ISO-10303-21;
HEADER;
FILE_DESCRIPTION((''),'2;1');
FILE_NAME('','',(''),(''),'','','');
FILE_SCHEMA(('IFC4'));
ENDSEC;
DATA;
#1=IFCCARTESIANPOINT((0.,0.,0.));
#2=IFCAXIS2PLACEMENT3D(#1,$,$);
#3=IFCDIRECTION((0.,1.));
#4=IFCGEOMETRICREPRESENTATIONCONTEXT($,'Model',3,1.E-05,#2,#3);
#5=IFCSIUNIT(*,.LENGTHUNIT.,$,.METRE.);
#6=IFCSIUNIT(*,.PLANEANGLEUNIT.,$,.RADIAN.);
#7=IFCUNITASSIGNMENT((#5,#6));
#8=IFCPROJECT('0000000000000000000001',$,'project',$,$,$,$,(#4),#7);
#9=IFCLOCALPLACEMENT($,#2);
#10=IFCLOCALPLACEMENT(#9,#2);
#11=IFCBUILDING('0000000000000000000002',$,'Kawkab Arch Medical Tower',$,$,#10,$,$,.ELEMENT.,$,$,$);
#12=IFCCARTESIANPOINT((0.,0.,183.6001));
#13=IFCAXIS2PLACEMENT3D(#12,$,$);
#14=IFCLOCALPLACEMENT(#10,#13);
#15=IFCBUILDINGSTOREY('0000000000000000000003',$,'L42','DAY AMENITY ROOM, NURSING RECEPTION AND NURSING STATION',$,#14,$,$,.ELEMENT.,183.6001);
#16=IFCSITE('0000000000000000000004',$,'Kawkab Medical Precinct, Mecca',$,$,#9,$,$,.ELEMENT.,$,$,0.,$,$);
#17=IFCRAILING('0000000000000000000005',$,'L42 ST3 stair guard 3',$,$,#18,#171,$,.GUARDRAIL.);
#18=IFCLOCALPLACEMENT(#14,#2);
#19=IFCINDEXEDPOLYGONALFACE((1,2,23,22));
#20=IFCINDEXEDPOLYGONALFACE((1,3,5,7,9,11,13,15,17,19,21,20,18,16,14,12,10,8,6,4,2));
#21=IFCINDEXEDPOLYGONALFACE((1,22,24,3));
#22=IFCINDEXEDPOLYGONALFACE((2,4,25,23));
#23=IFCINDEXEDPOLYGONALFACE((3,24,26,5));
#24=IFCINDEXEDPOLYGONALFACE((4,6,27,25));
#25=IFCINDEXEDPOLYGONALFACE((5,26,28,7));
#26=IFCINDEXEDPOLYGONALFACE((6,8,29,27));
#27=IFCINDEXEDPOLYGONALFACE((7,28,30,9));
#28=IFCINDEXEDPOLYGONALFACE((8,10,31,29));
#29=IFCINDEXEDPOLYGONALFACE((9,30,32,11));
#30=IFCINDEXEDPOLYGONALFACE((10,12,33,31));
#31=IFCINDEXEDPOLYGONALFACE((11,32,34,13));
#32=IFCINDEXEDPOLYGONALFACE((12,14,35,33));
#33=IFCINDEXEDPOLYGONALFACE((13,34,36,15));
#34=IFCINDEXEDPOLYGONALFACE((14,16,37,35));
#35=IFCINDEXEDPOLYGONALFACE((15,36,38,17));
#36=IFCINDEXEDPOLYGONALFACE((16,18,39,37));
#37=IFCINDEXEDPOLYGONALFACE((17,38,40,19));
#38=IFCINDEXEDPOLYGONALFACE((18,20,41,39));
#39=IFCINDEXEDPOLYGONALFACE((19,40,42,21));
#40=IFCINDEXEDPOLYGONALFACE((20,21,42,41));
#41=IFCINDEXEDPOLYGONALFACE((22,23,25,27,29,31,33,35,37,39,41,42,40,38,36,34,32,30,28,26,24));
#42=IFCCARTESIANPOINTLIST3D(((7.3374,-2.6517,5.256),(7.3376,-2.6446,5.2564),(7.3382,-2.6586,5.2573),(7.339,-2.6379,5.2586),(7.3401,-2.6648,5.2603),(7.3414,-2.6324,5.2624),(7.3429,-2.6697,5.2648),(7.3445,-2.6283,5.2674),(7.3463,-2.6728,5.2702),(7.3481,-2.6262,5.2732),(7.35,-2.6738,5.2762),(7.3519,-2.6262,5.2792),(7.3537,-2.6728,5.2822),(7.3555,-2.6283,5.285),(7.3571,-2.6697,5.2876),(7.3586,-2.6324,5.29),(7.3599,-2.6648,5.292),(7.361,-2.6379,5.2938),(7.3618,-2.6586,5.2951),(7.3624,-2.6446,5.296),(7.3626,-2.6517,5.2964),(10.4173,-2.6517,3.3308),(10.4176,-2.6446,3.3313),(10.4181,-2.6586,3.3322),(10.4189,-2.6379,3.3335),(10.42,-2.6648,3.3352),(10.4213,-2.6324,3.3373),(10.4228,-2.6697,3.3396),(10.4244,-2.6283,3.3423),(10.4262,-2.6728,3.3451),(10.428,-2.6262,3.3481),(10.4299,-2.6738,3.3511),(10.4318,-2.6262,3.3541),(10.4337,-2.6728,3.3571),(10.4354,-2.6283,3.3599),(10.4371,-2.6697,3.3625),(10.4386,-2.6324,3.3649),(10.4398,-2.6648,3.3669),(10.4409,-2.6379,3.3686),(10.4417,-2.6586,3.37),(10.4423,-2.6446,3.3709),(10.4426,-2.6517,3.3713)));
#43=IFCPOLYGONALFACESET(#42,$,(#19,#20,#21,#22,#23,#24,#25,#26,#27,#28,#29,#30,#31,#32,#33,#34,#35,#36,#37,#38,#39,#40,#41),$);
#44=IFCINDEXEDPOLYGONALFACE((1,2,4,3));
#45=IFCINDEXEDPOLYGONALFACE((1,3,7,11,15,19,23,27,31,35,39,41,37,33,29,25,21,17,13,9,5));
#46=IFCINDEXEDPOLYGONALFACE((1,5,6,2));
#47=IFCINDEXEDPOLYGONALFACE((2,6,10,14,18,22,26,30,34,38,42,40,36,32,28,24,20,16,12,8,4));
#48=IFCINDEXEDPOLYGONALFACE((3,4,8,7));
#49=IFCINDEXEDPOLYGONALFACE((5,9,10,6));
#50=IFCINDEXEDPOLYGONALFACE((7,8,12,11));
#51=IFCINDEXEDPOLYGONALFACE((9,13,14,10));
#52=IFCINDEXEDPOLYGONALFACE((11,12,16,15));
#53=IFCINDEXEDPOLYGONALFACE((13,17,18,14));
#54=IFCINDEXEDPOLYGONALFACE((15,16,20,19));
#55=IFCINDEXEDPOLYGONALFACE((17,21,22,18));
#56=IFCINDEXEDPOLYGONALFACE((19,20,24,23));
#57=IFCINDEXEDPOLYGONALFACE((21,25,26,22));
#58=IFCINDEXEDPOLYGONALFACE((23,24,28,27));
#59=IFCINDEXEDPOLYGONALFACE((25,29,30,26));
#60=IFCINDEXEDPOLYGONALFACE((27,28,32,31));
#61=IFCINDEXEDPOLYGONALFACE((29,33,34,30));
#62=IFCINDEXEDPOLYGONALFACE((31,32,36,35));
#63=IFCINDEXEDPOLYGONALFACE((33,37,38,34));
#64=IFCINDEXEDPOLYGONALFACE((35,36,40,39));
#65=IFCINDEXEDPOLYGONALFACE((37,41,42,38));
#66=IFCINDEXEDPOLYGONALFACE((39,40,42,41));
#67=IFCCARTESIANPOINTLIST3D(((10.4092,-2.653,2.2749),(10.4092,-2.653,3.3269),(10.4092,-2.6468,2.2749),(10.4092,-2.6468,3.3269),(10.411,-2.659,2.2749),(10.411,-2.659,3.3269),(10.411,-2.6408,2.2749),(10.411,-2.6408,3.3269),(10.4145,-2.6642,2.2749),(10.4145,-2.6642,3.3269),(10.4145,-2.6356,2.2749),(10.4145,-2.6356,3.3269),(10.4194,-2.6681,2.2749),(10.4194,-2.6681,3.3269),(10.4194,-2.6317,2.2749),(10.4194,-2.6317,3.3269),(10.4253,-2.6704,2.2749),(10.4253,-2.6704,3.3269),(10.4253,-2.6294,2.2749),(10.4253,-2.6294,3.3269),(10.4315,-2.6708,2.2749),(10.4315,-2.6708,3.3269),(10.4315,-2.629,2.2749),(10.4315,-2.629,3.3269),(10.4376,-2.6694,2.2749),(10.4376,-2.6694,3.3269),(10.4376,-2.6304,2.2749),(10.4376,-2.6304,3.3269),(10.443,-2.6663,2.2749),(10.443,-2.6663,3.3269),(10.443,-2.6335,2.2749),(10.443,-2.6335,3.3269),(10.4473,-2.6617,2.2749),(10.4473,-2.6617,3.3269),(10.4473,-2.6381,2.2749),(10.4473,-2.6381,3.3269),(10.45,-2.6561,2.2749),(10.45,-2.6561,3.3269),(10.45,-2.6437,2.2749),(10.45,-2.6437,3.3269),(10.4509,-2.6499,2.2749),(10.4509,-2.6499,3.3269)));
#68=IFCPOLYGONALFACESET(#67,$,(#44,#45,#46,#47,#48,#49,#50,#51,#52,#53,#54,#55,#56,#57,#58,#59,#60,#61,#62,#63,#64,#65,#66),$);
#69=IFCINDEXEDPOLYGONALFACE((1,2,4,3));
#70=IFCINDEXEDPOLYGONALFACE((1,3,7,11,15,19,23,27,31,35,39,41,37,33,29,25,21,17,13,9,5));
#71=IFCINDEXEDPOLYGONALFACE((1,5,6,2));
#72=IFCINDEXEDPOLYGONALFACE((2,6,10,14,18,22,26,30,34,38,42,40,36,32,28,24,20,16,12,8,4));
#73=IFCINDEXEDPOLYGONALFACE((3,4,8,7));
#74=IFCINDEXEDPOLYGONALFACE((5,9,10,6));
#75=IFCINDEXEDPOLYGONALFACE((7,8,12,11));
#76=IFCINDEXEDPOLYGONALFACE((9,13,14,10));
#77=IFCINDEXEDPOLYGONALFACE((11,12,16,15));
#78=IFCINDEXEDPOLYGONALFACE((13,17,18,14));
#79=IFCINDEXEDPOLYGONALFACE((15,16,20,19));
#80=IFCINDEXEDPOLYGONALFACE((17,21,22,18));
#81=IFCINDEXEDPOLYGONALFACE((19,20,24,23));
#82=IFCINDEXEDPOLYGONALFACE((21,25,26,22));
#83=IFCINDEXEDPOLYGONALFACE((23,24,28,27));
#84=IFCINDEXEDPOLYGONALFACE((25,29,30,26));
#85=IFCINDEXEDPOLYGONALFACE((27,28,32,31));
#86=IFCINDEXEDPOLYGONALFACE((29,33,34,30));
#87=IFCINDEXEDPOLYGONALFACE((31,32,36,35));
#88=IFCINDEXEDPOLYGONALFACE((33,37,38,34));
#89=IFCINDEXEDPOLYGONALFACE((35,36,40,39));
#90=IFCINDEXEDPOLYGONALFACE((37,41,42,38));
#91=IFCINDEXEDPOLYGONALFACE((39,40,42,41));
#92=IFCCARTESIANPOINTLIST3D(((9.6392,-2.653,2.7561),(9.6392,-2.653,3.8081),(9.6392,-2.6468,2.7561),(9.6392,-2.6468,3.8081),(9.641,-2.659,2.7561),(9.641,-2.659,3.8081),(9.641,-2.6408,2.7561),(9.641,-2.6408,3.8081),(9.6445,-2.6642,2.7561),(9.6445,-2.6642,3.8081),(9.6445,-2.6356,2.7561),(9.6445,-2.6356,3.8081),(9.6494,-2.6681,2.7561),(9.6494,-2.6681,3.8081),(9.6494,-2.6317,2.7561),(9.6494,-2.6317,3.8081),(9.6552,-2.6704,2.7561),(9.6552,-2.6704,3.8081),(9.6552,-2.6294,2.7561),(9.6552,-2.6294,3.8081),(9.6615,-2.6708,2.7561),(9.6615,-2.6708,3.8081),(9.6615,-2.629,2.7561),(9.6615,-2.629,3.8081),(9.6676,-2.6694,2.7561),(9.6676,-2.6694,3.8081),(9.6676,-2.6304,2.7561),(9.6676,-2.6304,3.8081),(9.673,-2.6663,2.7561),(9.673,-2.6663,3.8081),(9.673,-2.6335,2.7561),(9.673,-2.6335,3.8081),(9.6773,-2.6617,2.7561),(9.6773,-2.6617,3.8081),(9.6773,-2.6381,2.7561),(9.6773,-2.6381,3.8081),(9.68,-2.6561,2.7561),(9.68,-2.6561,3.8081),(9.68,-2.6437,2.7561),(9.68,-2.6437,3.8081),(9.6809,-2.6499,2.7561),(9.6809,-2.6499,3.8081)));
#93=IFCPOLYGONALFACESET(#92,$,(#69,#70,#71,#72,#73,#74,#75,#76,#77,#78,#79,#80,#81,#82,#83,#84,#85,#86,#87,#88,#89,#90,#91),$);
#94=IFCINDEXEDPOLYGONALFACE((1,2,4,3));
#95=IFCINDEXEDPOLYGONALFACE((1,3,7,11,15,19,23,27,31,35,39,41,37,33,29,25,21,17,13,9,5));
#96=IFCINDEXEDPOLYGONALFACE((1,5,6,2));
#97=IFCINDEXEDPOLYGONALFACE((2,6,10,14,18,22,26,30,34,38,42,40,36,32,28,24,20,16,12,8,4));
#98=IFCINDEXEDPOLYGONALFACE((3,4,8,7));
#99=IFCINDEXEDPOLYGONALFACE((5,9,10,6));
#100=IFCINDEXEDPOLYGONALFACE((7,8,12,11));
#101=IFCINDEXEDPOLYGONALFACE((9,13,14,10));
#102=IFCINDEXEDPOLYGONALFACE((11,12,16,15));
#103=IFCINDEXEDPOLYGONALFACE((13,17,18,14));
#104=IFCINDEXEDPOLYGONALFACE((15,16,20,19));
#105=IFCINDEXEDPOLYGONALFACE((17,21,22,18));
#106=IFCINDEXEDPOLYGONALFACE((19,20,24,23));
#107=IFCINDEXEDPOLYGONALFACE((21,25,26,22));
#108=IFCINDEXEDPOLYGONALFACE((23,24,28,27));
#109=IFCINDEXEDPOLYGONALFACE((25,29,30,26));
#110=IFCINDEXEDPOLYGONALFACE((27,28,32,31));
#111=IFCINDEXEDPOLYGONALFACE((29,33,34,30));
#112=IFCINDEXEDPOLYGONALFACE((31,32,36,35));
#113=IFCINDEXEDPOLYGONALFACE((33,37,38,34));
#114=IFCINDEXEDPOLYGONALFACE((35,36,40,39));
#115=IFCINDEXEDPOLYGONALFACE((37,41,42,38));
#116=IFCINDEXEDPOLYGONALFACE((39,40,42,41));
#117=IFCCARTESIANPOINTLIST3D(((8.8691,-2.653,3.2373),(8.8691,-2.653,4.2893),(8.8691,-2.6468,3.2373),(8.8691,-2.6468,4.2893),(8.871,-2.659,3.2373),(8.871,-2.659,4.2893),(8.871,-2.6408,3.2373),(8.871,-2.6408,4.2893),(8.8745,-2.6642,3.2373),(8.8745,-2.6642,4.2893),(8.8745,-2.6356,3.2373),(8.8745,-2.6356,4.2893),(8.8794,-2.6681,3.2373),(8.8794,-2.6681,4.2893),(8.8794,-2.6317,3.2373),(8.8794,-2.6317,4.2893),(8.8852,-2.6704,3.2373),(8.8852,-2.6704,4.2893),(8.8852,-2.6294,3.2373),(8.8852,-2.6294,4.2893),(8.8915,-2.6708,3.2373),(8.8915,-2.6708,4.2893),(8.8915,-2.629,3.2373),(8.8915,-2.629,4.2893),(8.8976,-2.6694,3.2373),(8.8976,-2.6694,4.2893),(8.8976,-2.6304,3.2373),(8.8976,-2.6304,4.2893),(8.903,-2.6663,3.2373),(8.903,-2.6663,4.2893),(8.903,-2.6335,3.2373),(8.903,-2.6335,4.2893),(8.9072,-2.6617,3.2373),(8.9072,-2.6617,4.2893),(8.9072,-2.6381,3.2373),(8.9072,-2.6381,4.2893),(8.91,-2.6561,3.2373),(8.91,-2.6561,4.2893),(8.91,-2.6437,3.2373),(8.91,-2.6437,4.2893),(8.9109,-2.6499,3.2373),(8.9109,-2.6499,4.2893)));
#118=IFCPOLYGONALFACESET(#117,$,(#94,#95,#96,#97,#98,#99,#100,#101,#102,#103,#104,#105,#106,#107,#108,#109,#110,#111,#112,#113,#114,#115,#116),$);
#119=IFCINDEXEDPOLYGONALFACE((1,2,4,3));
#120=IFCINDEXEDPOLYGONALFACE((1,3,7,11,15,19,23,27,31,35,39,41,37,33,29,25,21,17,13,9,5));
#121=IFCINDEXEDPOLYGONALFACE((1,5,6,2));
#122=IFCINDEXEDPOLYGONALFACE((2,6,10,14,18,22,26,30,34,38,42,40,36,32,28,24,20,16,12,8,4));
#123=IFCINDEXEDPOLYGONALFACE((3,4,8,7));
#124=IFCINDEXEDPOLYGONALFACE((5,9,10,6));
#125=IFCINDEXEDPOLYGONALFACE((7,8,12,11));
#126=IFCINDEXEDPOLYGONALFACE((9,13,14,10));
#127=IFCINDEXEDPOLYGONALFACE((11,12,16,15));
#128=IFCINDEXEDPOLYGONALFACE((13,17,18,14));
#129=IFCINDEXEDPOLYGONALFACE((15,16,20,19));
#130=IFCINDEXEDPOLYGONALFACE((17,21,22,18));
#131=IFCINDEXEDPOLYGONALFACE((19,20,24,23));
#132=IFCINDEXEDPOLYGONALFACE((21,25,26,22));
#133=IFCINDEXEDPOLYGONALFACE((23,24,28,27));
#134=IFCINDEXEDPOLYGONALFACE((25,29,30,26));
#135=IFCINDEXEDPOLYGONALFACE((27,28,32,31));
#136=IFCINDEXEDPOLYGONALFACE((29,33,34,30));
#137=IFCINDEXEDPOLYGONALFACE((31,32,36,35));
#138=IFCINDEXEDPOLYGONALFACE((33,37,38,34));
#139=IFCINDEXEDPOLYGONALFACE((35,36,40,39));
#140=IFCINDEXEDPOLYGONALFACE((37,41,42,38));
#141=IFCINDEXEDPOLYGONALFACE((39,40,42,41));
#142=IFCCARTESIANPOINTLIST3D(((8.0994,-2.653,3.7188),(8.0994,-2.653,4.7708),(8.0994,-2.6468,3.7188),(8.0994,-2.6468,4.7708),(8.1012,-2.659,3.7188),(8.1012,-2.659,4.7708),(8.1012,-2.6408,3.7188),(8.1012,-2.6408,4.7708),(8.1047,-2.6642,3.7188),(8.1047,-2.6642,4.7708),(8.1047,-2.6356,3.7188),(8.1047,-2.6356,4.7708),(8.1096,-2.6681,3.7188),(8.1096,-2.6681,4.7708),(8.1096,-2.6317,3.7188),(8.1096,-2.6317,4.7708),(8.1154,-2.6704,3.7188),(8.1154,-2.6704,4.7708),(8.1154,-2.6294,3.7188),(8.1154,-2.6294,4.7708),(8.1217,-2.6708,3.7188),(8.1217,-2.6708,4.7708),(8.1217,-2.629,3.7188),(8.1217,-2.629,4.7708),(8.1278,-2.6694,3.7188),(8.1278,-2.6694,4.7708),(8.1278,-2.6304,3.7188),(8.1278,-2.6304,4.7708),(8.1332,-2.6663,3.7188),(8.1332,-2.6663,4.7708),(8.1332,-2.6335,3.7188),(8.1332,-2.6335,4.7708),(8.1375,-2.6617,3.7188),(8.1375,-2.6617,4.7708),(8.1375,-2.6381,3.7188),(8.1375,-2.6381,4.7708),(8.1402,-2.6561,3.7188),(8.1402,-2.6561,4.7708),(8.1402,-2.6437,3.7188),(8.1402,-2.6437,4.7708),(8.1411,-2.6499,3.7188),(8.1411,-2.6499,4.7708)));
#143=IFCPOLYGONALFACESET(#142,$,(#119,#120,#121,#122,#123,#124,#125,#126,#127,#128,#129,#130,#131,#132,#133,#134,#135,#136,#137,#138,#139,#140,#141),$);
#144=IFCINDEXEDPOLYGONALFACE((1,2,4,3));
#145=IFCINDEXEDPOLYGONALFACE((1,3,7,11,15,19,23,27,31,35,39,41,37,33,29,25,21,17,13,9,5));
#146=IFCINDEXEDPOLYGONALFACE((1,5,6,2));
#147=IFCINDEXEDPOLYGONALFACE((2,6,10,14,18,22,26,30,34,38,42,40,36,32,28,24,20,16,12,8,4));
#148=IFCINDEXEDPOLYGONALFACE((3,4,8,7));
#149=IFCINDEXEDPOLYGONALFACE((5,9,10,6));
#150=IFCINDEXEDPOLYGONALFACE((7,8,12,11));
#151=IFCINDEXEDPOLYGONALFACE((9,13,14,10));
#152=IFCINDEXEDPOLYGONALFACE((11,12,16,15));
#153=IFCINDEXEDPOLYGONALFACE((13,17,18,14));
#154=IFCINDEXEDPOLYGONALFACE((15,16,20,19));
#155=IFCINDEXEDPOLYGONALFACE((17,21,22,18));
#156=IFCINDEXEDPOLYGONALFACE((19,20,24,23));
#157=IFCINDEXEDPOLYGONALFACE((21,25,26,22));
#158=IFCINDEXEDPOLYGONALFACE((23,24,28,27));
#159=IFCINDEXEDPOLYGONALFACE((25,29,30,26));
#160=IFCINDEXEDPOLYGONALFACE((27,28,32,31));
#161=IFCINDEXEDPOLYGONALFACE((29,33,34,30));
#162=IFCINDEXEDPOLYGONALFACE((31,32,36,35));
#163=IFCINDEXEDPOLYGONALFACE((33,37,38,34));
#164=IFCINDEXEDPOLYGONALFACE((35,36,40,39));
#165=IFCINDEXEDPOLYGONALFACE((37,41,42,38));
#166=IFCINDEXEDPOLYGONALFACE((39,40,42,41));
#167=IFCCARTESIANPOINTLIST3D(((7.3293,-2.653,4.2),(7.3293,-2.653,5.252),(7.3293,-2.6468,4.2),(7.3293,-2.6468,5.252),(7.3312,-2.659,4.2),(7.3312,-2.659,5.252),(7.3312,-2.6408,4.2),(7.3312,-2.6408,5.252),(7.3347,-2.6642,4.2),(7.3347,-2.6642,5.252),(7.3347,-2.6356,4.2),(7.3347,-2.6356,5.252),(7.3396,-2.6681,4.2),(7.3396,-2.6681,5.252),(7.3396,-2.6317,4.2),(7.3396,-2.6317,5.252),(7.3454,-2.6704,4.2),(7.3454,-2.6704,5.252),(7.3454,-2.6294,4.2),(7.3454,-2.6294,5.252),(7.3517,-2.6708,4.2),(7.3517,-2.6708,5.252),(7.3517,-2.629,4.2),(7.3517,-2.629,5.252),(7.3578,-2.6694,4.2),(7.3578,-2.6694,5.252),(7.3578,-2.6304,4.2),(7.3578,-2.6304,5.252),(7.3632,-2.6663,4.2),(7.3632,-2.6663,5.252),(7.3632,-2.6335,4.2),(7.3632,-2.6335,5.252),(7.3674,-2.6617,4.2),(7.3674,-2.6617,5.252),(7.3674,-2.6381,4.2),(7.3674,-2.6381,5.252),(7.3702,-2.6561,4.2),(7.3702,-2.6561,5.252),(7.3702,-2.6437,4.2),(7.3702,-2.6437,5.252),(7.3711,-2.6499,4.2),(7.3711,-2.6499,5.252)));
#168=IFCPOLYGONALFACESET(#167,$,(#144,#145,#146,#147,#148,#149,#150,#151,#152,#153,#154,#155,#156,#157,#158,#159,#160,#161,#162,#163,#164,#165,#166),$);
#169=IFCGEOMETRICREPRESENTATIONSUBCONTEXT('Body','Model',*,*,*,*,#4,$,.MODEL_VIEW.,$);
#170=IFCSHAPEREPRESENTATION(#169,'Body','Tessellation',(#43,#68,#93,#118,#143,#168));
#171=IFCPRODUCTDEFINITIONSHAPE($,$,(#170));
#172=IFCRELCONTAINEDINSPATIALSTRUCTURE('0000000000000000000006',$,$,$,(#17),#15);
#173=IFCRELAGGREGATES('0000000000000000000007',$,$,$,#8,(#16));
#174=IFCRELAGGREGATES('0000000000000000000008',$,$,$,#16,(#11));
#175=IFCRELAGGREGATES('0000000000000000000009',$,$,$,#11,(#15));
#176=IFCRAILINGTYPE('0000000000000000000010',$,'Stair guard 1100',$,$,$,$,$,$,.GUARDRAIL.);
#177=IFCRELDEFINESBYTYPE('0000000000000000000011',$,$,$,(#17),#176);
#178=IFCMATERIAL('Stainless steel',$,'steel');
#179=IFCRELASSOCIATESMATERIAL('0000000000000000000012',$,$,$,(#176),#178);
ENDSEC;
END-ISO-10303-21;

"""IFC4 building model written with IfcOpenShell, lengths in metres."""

from ifc_helpers import new_model, si_unit, direction, frame, origin, origin_2d, place, context, subcontext, project, spatial, circle, extrude, material, type_object, element, save


model = new_model("IFC4")

# Units and contexts
model_context = context("Model", 3, precision=1e-05, world=origin(), true_north=direction((0.0, 1.0)))
body_context = subcontext(model_context, "Body", "Model", "MODEL_VIEW")
ifc_project = project(units=[si_unit("LENGTHUNIT", "METRE"), si_unit("PLANEANGLEUNIT", "RADIAN")], contexts=[model_context])

# Site, building, storey
site_placement = place(None, origin())
site = spatial("IfcSite", under=ifc_project, at=site_placement, Name="Kawkab Medical Precinct, Mecca", CompositionType="ELEMENT", RefElevation=0.0)
building_placement = place(site_placement, origin())
building = spatial("IfcBuilding", under=site, at=building_placement, Name="Kawkab Arch Medical Tower", CompositionType="ELEMENT")
storey_placement = place(building_placement, frame((0.0, 0.0, 183.6001)))
storey = spatial("IfcBuildingStorey", under=building, at=storey_placement, Name="L42", Description="DAY AMENITY ROOM, NURSING RECEPTION AND NURSING STATION", CompositionType="ELEMENT", Elevation=183.6001)

# Railing
ifc_material_1 = material(Name="Stainless steel", Category="steel")
railing_type_1 = type_object("IfcRailingType", Name="Stair guard 1100", PredefinedType="GUARDRAIL", material=ifc_material_1)
railing_1_placement = place(storey_placement, frame((10.4299, -2.6499, 2.2749)))
element("IfcRailing", 1, at=railing_1_placement, inside=storey, type_object=railing_type_1, Name="L42 ST3 stair guard 3", PredefinedType="GUARDRAIL", context=body_context, shape_type="SweptSolid", body=[
    extrude(circle(Radius=0.0239, at=origin_2d()), frame((0.0, 0.0, 1.0762), z_axis=(-0.847979, 0.0, 0.530029), x_axis=(0.0, -1.0, 0.0)), (0.0, 0.0, 1.0), 3.6321),
    extrude(circle(Radius=0.021, at=origin_2d()), origin(), (0.0, 0.0, 1.0), 1.052),
    extrude(circle(Radius=0.021, at=origin_2d()), frame((-0.77, 0.0, 0.4812)), (0.0, 0.0, 1.0), 1.052),
    extrude(circle(Radius=0.021, at=origin_2d()), frame((-1.54, 0.0, 0.9624)), (0.0, 0.0, 1.0), 1.052),
    extrude(circle(Radius=0.021, at=origin_2d()), frame((-2.3098, 0.0, 1.4438)), (0.0, 0.0, 1.0), 1.052),
    extrude(circle(Radius=0.021, at=origin_2d()), frame((-3.0798, 0.0, 1.925)), (0.0, 0.0, 1.0), 1.052),
])

save(model, "model.ifc")
